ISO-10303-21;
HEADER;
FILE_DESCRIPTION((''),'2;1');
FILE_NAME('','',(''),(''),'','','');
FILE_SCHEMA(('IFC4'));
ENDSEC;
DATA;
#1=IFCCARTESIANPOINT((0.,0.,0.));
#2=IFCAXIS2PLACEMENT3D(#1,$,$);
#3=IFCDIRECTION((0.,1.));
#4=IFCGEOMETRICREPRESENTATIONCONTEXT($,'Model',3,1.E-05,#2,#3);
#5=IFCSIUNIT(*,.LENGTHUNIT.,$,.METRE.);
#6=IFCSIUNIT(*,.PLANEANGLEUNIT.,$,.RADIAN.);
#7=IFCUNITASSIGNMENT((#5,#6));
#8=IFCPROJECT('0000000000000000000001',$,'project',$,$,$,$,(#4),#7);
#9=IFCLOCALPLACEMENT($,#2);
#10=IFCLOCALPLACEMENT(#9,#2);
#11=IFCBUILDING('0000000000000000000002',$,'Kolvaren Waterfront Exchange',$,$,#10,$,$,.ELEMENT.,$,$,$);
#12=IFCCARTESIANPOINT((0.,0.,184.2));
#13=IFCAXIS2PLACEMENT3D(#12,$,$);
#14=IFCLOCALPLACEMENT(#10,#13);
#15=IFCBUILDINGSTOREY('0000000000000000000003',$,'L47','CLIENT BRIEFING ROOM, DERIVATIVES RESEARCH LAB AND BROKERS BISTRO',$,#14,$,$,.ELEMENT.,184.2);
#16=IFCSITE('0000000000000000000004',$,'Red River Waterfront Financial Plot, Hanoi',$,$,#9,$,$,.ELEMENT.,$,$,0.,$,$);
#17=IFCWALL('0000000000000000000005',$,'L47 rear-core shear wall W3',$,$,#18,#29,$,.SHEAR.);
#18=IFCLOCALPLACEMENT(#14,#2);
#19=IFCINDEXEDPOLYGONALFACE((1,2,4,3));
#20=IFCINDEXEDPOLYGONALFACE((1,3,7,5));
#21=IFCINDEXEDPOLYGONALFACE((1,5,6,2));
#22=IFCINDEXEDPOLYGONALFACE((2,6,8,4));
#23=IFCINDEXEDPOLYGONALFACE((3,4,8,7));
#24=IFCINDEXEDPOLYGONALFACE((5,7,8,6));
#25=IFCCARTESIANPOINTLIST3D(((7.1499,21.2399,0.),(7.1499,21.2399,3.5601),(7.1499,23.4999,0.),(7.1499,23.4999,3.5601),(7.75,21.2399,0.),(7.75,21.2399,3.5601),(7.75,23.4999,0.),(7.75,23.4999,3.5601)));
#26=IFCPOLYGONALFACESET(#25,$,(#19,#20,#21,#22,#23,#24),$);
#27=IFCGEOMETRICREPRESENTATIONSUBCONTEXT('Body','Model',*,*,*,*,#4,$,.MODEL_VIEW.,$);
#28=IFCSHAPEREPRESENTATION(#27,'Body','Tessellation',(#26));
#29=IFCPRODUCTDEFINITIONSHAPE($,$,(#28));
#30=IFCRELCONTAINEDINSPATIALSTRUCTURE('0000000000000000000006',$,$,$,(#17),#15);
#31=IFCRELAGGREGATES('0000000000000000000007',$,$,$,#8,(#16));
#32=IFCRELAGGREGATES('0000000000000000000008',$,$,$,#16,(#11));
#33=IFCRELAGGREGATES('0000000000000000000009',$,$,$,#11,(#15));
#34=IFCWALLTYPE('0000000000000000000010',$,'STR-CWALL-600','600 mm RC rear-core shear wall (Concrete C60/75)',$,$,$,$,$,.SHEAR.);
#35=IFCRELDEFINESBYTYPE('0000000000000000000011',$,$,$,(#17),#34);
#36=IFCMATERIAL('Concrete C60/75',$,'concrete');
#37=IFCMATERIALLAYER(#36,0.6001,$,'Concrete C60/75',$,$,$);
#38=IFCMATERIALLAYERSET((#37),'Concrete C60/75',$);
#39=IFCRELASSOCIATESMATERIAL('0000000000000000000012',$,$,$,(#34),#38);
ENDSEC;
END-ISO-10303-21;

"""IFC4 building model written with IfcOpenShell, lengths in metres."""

from ifc_helpers import new_model, si_unit, direction, frame, frame_2d, origin, place, context, subcontext, project, spatial, rectangle, extrude, material, layer, layer_set, type_object, element, save


model = new_model("IFC4")

# Units and contexts
model_context = context("Model", 3, precision=1e-05, world=origin(), true_north=direction((0.0, 1.0)))
body_context = subcontext(model_context, "Body", "Model", "MODEL_VIEW")
ifc_project = project(units=[si_unit("LENGTHUNIT", "METRE"), si_unit("PLANEANGLEUNIT", "RADIAN")], contexts=[model_context])

# Site, building, storey
site_placement = place(None, origin())
site = spatial("IfcSite", under=ifc_project, at=site_placement, Name="Red River Waterfront Financial Plot, Hanoi", CompositionType="ELEMENT", RefElevation=0.0)
building_placement = place(site_placement, origin())
building = spatial("IfcBuilding", under=site, at=building_placement, Name="Kolvaren Waterfront Exchange", CompositionType="ELEMENT")
storey_placement = place(building_placement, frame((0.0, 0.0, 184.2)))
storey = spatial("IfcBuildingStorey", under=building, at=storey_placement, Name="L47", Description="CLIENT BRIEFING ROOM, DERIVATIVES RESEARCH LAB AND BROKERS BISTRO", CompositionType="ELEMENT", Elevation=184.2)

# Shared definitions
ifc_material_1 = material(Name="Concrete C60/75", Category="concrete")

# Wall
ifc_layer_1 = layer(ifc_material_1, 0.6001, Name="Concrete C60/75")
ifc_layer_set_1 = layer_set([ifc_layer_1], Name="Concrete C60/75")
wall_type_1 = type_object("IfcWallType", Name="STR-CWALL-600", Description="600 mm RC rear-core shear wall (Concrete C60/75)", PredefinedType="SHEAR", material=ifc_layer_set_1)
wall_1_placement = place(storey_placement, frame((7.45, 21.24, 0.0), z_axis=(0.0, 0.0, 1.0), x_axis=(0.0, 1.0, 0.0)))
element("IfcWall", 1, at=wall_1_placement, inside=storey, type_object=wall_type_1, Name="L47 rear-core shear wall W3", PredefinedType="SHEAR", context=body_context, shape_type="SweptSolid", body=[
    extrude(rectangle(XDim=2.26, YDim=0.6001, at=frame_2d((1.1299, 0.0))), origin(), (0.0, 0.0, 1.0), 3.5601),
])

save(model, "model.ifc")
